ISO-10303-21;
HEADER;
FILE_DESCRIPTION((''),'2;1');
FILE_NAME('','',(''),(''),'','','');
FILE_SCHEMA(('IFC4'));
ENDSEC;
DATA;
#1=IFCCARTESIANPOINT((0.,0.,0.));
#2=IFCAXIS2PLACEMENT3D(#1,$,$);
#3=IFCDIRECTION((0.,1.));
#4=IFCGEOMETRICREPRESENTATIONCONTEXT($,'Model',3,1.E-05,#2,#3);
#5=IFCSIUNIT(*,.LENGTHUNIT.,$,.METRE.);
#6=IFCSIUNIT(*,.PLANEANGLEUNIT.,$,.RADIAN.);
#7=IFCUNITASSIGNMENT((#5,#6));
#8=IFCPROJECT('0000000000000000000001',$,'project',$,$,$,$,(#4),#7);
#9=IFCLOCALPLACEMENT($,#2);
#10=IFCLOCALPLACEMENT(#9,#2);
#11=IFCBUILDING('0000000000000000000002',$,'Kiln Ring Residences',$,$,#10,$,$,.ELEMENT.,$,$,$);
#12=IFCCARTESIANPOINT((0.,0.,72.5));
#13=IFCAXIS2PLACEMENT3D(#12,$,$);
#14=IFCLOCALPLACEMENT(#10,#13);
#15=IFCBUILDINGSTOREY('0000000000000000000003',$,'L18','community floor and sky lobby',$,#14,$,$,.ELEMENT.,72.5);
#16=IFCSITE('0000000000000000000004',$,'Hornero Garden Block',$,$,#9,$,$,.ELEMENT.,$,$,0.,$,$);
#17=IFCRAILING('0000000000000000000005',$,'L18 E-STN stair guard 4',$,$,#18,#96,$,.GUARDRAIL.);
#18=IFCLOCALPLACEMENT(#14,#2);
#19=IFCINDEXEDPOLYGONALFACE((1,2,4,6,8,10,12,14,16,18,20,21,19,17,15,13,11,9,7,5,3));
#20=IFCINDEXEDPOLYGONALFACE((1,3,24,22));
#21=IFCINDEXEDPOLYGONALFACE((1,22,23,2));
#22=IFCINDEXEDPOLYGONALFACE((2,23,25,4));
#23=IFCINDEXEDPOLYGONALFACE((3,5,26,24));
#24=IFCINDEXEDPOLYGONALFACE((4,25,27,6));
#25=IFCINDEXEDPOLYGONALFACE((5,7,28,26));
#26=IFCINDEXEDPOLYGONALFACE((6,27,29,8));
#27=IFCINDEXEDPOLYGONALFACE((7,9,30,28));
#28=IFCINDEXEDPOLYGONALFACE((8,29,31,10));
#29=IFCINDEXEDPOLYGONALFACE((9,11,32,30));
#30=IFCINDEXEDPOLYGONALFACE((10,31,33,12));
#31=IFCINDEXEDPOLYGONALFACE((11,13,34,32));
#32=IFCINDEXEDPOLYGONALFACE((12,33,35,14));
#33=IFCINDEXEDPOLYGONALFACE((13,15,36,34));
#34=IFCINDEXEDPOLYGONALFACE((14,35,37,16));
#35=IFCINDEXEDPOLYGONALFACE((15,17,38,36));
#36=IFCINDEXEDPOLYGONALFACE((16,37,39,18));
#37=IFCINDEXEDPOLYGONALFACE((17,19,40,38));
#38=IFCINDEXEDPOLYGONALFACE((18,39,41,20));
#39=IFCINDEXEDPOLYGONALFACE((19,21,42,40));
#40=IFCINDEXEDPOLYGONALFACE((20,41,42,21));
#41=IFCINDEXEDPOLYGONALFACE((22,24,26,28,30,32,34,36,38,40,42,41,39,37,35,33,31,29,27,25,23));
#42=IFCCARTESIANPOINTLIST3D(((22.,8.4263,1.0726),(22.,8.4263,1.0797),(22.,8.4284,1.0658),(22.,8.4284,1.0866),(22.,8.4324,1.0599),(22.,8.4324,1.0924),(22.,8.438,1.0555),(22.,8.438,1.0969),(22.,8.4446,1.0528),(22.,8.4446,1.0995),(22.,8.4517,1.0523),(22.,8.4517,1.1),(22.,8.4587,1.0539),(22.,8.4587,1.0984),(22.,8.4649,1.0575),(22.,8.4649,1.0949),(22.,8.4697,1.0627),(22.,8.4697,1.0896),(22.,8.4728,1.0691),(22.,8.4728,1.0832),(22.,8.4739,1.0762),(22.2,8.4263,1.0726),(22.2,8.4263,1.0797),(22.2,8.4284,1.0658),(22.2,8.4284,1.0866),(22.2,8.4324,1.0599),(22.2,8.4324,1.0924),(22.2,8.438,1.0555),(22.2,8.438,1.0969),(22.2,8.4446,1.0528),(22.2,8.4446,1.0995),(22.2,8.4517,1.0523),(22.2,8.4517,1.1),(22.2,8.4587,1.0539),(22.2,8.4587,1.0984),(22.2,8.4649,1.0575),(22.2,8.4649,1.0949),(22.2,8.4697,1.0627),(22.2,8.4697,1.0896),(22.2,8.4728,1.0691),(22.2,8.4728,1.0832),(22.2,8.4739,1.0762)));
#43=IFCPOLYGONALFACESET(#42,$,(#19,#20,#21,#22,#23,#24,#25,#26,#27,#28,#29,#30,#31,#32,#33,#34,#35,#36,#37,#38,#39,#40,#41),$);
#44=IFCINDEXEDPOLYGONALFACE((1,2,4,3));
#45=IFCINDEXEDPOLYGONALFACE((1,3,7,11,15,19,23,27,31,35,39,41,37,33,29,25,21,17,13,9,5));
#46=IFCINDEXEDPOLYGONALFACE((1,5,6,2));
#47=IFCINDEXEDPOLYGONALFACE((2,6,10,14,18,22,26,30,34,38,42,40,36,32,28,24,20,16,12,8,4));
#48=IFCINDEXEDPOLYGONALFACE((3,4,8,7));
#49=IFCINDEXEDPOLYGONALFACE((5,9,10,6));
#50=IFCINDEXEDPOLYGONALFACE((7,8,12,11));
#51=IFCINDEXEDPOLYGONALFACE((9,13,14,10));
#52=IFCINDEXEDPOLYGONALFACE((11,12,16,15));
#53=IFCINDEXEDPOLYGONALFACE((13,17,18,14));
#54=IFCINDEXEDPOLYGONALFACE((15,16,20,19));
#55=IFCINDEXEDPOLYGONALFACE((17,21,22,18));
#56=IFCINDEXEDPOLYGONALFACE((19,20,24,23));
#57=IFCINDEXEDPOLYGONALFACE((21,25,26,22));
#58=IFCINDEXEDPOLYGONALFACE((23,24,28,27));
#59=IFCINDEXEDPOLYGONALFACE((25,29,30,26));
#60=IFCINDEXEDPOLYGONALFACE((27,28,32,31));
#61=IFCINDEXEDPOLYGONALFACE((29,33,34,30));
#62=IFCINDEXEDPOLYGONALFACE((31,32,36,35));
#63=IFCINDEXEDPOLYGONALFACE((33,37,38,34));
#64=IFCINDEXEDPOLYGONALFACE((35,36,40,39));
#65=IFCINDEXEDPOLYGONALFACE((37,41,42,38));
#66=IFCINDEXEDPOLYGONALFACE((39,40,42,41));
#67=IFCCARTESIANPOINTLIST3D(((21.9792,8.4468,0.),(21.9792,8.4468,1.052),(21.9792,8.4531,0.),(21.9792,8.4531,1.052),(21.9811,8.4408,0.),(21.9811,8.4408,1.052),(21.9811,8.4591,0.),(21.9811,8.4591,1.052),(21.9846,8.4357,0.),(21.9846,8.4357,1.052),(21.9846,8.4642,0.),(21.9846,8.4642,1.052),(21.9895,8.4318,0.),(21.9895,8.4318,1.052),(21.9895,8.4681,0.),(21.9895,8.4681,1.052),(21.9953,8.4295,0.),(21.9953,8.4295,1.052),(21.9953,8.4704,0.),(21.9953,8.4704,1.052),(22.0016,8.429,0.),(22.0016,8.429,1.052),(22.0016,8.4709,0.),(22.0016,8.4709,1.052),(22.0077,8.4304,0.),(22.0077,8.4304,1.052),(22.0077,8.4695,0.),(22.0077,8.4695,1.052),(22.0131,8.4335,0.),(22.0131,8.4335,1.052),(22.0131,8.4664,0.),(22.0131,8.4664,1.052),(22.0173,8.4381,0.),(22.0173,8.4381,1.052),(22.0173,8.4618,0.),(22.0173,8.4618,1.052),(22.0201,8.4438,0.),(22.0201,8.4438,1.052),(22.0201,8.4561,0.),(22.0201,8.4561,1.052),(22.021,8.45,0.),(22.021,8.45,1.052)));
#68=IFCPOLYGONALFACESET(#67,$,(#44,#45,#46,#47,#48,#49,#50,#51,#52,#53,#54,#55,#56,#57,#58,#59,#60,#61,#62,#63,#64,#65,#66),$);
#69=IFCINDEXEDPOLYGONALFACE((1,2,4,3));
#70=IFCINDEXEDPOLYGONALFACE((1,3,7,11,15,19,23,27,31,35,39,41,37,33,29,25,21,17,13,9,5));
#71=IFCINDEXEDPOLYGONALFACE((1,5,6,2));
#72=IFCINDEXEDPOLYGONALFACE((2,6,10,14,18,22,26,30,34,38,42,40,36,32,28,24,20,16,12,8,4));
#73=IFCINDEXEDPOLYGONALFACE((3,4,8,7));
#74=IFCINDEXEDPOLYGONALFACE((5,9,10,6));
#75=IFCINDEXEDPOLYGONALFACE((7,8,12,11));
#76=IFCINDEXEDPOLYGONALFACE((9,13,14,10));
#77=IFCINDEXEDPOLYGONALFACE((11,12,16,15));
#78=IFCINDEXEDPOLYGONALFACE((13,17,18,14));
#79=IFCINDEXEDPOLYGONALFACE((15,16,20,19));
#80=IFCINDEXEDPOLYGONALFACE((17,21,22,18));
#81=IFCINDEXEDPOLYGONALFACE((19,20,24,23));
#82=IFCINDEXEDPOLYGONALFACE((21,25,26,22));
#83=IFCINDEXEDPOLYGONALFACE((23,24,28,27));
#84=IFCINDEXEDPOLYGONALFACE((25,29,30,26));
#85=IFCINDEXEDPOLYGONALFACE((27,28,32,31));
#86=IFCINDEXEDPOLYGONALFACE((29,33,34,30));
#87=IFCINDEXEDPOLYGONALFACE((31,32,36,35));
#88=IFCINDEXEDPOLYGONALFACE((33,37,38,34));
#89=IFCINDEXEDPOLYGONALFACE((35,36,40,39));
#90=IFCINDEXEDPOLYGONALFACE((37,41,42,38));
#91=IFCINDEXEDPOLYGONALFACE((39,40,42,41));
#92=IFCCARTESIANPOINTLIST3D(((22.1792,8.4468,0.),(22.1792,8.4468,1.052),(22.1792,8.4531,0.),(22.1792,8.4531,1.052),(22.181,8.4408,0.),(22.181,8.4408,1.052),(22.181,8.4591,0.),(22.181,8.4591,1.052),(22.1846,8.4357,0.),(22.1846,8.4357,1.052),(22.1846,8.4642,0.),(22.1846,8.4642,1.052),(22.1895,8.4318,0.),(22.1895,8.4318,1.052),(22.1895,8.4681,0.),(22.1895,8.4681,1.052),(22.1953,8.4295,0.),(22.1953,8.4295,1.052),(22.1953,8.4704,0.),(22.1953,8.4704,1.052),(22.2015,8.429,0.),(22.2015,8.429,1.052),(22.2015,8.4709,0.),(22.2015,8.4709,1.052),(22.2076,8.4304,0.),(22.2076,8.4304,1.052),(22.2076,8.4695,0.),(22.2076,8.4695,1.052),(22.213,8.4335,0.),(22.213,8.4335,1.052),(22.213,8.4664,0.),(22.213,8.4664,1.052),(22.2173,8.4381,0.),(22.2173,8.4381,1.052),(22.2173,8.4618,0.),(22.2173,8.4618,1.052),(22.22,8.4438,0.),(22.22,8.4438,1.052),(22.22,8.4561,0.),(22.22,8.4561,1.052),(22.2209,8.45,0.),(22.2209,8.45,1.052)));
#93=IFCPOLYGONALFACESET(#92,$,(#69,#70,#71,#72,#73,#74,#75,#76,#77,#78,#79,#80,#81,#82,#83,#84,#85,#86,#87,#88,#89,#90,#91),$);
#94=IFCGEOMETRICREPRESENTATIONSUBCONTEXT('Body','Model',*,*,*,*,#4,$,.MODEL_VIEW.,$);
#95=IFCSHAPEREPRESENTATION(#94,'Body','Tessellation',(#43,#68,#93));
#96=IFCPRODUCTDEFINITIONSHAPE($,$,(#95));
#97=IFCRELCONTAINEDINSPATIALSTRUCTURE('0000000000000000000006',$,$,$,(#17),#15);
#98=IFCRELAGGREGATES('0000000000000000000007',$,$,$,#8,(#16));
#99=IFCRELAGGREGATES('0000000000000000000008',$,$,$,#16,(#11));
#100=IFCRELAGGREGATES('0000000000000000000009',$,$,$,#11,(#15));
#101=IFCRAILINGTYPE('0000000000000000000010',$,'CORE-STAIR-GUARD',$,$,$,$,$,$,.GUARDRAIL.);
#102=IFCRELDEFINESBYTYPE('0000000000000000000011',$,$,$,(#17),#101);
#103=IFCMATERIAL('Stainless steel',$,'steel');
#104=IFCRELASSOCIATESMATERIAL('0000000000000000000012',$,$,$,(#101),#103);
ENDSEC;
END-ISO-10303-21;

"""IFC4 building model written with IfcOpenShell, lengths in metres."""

from ifc_helpers import new_model, si_unit, direction, frame, origin, origin_2d, place, context, subcontext, project, spatial, circle, extrude, material, type_object, element, save


model = new_model("IFC4")

# Units and contexts
model_context = context("Model", 3, precision=1e-05, world=origin(), true_north=direction((0.0, 1.0)))
body_context = subcontext(model_context, "Body", "Model", "MODEL_VIEW")
ifc_project = project(units=[si_unit("LENGTHUNIT", "METRE"), si_unit("PLANEANGLEUNIT", "RADIAN")], contexts=[model_context])

# Site, building, storey
site_placement = place(None, origin())
site = spatial("IfcSite", under=ifc_project, at=site_placement, Name="Hornero Garden Block", CompositionType="ELEMENT", RefElevation=0.0)
building_placement = place(site_placement, origin())
building = spatial("IfcBuilding", under=site, at=building_placement, Name="Kiln Ring Residences", CompositionType="ELEMENT")
storey_placement = place(building_placement, frame((0.0, 0.0, 72.5)))
storey = spatial("IfcBuildingStorey", under=building, at=storey_placement, Name="L18", Description="community floor and sky lobby", CompositionType="ELEMENT", Elevation=72.5)

# Railing
ifc_material_1 = material(Name="Stainless steel", Category="steel")
railing_type_1 = type_object("IfcRailingType", Name="CORE-STAIR-GUARD", PredefinedType="GUARDRAIL", material=ifc_material_1)
railing_1_placement = place(storey_placement, frame((22.0, 8.45, 0.0)))
element("IfcRailing", 1, at=railing_1_placement, inside=storey, type_object=railing_type_1, Name="L18 E-STN stair guard 4", PredefinedType="GUARDRAIL", context=body_context, shape_type="SweptSolid", body=[
    extrude(circle(Radius=0.0239, at=origin_2d()), frame((0.0, 0.0, 1.0762), z_axis=(1.0, 0.0, 0.0), x_axis=(0.0, 1.0, 0.0)), (0.0, 0.0, 1.0), 0.2),
    extrude(circle(Radius=0.021, at=origin_2d()), origin(), (0.0, 0.0, 1.0), 1.052),
    extrude(circle(Radius=0.021, at=origin_2d()), frame((0.2, 0.0, 0.0)), (0.0, 0.0, 1.0), 1.052),
])

save(model, "model.ifc")
